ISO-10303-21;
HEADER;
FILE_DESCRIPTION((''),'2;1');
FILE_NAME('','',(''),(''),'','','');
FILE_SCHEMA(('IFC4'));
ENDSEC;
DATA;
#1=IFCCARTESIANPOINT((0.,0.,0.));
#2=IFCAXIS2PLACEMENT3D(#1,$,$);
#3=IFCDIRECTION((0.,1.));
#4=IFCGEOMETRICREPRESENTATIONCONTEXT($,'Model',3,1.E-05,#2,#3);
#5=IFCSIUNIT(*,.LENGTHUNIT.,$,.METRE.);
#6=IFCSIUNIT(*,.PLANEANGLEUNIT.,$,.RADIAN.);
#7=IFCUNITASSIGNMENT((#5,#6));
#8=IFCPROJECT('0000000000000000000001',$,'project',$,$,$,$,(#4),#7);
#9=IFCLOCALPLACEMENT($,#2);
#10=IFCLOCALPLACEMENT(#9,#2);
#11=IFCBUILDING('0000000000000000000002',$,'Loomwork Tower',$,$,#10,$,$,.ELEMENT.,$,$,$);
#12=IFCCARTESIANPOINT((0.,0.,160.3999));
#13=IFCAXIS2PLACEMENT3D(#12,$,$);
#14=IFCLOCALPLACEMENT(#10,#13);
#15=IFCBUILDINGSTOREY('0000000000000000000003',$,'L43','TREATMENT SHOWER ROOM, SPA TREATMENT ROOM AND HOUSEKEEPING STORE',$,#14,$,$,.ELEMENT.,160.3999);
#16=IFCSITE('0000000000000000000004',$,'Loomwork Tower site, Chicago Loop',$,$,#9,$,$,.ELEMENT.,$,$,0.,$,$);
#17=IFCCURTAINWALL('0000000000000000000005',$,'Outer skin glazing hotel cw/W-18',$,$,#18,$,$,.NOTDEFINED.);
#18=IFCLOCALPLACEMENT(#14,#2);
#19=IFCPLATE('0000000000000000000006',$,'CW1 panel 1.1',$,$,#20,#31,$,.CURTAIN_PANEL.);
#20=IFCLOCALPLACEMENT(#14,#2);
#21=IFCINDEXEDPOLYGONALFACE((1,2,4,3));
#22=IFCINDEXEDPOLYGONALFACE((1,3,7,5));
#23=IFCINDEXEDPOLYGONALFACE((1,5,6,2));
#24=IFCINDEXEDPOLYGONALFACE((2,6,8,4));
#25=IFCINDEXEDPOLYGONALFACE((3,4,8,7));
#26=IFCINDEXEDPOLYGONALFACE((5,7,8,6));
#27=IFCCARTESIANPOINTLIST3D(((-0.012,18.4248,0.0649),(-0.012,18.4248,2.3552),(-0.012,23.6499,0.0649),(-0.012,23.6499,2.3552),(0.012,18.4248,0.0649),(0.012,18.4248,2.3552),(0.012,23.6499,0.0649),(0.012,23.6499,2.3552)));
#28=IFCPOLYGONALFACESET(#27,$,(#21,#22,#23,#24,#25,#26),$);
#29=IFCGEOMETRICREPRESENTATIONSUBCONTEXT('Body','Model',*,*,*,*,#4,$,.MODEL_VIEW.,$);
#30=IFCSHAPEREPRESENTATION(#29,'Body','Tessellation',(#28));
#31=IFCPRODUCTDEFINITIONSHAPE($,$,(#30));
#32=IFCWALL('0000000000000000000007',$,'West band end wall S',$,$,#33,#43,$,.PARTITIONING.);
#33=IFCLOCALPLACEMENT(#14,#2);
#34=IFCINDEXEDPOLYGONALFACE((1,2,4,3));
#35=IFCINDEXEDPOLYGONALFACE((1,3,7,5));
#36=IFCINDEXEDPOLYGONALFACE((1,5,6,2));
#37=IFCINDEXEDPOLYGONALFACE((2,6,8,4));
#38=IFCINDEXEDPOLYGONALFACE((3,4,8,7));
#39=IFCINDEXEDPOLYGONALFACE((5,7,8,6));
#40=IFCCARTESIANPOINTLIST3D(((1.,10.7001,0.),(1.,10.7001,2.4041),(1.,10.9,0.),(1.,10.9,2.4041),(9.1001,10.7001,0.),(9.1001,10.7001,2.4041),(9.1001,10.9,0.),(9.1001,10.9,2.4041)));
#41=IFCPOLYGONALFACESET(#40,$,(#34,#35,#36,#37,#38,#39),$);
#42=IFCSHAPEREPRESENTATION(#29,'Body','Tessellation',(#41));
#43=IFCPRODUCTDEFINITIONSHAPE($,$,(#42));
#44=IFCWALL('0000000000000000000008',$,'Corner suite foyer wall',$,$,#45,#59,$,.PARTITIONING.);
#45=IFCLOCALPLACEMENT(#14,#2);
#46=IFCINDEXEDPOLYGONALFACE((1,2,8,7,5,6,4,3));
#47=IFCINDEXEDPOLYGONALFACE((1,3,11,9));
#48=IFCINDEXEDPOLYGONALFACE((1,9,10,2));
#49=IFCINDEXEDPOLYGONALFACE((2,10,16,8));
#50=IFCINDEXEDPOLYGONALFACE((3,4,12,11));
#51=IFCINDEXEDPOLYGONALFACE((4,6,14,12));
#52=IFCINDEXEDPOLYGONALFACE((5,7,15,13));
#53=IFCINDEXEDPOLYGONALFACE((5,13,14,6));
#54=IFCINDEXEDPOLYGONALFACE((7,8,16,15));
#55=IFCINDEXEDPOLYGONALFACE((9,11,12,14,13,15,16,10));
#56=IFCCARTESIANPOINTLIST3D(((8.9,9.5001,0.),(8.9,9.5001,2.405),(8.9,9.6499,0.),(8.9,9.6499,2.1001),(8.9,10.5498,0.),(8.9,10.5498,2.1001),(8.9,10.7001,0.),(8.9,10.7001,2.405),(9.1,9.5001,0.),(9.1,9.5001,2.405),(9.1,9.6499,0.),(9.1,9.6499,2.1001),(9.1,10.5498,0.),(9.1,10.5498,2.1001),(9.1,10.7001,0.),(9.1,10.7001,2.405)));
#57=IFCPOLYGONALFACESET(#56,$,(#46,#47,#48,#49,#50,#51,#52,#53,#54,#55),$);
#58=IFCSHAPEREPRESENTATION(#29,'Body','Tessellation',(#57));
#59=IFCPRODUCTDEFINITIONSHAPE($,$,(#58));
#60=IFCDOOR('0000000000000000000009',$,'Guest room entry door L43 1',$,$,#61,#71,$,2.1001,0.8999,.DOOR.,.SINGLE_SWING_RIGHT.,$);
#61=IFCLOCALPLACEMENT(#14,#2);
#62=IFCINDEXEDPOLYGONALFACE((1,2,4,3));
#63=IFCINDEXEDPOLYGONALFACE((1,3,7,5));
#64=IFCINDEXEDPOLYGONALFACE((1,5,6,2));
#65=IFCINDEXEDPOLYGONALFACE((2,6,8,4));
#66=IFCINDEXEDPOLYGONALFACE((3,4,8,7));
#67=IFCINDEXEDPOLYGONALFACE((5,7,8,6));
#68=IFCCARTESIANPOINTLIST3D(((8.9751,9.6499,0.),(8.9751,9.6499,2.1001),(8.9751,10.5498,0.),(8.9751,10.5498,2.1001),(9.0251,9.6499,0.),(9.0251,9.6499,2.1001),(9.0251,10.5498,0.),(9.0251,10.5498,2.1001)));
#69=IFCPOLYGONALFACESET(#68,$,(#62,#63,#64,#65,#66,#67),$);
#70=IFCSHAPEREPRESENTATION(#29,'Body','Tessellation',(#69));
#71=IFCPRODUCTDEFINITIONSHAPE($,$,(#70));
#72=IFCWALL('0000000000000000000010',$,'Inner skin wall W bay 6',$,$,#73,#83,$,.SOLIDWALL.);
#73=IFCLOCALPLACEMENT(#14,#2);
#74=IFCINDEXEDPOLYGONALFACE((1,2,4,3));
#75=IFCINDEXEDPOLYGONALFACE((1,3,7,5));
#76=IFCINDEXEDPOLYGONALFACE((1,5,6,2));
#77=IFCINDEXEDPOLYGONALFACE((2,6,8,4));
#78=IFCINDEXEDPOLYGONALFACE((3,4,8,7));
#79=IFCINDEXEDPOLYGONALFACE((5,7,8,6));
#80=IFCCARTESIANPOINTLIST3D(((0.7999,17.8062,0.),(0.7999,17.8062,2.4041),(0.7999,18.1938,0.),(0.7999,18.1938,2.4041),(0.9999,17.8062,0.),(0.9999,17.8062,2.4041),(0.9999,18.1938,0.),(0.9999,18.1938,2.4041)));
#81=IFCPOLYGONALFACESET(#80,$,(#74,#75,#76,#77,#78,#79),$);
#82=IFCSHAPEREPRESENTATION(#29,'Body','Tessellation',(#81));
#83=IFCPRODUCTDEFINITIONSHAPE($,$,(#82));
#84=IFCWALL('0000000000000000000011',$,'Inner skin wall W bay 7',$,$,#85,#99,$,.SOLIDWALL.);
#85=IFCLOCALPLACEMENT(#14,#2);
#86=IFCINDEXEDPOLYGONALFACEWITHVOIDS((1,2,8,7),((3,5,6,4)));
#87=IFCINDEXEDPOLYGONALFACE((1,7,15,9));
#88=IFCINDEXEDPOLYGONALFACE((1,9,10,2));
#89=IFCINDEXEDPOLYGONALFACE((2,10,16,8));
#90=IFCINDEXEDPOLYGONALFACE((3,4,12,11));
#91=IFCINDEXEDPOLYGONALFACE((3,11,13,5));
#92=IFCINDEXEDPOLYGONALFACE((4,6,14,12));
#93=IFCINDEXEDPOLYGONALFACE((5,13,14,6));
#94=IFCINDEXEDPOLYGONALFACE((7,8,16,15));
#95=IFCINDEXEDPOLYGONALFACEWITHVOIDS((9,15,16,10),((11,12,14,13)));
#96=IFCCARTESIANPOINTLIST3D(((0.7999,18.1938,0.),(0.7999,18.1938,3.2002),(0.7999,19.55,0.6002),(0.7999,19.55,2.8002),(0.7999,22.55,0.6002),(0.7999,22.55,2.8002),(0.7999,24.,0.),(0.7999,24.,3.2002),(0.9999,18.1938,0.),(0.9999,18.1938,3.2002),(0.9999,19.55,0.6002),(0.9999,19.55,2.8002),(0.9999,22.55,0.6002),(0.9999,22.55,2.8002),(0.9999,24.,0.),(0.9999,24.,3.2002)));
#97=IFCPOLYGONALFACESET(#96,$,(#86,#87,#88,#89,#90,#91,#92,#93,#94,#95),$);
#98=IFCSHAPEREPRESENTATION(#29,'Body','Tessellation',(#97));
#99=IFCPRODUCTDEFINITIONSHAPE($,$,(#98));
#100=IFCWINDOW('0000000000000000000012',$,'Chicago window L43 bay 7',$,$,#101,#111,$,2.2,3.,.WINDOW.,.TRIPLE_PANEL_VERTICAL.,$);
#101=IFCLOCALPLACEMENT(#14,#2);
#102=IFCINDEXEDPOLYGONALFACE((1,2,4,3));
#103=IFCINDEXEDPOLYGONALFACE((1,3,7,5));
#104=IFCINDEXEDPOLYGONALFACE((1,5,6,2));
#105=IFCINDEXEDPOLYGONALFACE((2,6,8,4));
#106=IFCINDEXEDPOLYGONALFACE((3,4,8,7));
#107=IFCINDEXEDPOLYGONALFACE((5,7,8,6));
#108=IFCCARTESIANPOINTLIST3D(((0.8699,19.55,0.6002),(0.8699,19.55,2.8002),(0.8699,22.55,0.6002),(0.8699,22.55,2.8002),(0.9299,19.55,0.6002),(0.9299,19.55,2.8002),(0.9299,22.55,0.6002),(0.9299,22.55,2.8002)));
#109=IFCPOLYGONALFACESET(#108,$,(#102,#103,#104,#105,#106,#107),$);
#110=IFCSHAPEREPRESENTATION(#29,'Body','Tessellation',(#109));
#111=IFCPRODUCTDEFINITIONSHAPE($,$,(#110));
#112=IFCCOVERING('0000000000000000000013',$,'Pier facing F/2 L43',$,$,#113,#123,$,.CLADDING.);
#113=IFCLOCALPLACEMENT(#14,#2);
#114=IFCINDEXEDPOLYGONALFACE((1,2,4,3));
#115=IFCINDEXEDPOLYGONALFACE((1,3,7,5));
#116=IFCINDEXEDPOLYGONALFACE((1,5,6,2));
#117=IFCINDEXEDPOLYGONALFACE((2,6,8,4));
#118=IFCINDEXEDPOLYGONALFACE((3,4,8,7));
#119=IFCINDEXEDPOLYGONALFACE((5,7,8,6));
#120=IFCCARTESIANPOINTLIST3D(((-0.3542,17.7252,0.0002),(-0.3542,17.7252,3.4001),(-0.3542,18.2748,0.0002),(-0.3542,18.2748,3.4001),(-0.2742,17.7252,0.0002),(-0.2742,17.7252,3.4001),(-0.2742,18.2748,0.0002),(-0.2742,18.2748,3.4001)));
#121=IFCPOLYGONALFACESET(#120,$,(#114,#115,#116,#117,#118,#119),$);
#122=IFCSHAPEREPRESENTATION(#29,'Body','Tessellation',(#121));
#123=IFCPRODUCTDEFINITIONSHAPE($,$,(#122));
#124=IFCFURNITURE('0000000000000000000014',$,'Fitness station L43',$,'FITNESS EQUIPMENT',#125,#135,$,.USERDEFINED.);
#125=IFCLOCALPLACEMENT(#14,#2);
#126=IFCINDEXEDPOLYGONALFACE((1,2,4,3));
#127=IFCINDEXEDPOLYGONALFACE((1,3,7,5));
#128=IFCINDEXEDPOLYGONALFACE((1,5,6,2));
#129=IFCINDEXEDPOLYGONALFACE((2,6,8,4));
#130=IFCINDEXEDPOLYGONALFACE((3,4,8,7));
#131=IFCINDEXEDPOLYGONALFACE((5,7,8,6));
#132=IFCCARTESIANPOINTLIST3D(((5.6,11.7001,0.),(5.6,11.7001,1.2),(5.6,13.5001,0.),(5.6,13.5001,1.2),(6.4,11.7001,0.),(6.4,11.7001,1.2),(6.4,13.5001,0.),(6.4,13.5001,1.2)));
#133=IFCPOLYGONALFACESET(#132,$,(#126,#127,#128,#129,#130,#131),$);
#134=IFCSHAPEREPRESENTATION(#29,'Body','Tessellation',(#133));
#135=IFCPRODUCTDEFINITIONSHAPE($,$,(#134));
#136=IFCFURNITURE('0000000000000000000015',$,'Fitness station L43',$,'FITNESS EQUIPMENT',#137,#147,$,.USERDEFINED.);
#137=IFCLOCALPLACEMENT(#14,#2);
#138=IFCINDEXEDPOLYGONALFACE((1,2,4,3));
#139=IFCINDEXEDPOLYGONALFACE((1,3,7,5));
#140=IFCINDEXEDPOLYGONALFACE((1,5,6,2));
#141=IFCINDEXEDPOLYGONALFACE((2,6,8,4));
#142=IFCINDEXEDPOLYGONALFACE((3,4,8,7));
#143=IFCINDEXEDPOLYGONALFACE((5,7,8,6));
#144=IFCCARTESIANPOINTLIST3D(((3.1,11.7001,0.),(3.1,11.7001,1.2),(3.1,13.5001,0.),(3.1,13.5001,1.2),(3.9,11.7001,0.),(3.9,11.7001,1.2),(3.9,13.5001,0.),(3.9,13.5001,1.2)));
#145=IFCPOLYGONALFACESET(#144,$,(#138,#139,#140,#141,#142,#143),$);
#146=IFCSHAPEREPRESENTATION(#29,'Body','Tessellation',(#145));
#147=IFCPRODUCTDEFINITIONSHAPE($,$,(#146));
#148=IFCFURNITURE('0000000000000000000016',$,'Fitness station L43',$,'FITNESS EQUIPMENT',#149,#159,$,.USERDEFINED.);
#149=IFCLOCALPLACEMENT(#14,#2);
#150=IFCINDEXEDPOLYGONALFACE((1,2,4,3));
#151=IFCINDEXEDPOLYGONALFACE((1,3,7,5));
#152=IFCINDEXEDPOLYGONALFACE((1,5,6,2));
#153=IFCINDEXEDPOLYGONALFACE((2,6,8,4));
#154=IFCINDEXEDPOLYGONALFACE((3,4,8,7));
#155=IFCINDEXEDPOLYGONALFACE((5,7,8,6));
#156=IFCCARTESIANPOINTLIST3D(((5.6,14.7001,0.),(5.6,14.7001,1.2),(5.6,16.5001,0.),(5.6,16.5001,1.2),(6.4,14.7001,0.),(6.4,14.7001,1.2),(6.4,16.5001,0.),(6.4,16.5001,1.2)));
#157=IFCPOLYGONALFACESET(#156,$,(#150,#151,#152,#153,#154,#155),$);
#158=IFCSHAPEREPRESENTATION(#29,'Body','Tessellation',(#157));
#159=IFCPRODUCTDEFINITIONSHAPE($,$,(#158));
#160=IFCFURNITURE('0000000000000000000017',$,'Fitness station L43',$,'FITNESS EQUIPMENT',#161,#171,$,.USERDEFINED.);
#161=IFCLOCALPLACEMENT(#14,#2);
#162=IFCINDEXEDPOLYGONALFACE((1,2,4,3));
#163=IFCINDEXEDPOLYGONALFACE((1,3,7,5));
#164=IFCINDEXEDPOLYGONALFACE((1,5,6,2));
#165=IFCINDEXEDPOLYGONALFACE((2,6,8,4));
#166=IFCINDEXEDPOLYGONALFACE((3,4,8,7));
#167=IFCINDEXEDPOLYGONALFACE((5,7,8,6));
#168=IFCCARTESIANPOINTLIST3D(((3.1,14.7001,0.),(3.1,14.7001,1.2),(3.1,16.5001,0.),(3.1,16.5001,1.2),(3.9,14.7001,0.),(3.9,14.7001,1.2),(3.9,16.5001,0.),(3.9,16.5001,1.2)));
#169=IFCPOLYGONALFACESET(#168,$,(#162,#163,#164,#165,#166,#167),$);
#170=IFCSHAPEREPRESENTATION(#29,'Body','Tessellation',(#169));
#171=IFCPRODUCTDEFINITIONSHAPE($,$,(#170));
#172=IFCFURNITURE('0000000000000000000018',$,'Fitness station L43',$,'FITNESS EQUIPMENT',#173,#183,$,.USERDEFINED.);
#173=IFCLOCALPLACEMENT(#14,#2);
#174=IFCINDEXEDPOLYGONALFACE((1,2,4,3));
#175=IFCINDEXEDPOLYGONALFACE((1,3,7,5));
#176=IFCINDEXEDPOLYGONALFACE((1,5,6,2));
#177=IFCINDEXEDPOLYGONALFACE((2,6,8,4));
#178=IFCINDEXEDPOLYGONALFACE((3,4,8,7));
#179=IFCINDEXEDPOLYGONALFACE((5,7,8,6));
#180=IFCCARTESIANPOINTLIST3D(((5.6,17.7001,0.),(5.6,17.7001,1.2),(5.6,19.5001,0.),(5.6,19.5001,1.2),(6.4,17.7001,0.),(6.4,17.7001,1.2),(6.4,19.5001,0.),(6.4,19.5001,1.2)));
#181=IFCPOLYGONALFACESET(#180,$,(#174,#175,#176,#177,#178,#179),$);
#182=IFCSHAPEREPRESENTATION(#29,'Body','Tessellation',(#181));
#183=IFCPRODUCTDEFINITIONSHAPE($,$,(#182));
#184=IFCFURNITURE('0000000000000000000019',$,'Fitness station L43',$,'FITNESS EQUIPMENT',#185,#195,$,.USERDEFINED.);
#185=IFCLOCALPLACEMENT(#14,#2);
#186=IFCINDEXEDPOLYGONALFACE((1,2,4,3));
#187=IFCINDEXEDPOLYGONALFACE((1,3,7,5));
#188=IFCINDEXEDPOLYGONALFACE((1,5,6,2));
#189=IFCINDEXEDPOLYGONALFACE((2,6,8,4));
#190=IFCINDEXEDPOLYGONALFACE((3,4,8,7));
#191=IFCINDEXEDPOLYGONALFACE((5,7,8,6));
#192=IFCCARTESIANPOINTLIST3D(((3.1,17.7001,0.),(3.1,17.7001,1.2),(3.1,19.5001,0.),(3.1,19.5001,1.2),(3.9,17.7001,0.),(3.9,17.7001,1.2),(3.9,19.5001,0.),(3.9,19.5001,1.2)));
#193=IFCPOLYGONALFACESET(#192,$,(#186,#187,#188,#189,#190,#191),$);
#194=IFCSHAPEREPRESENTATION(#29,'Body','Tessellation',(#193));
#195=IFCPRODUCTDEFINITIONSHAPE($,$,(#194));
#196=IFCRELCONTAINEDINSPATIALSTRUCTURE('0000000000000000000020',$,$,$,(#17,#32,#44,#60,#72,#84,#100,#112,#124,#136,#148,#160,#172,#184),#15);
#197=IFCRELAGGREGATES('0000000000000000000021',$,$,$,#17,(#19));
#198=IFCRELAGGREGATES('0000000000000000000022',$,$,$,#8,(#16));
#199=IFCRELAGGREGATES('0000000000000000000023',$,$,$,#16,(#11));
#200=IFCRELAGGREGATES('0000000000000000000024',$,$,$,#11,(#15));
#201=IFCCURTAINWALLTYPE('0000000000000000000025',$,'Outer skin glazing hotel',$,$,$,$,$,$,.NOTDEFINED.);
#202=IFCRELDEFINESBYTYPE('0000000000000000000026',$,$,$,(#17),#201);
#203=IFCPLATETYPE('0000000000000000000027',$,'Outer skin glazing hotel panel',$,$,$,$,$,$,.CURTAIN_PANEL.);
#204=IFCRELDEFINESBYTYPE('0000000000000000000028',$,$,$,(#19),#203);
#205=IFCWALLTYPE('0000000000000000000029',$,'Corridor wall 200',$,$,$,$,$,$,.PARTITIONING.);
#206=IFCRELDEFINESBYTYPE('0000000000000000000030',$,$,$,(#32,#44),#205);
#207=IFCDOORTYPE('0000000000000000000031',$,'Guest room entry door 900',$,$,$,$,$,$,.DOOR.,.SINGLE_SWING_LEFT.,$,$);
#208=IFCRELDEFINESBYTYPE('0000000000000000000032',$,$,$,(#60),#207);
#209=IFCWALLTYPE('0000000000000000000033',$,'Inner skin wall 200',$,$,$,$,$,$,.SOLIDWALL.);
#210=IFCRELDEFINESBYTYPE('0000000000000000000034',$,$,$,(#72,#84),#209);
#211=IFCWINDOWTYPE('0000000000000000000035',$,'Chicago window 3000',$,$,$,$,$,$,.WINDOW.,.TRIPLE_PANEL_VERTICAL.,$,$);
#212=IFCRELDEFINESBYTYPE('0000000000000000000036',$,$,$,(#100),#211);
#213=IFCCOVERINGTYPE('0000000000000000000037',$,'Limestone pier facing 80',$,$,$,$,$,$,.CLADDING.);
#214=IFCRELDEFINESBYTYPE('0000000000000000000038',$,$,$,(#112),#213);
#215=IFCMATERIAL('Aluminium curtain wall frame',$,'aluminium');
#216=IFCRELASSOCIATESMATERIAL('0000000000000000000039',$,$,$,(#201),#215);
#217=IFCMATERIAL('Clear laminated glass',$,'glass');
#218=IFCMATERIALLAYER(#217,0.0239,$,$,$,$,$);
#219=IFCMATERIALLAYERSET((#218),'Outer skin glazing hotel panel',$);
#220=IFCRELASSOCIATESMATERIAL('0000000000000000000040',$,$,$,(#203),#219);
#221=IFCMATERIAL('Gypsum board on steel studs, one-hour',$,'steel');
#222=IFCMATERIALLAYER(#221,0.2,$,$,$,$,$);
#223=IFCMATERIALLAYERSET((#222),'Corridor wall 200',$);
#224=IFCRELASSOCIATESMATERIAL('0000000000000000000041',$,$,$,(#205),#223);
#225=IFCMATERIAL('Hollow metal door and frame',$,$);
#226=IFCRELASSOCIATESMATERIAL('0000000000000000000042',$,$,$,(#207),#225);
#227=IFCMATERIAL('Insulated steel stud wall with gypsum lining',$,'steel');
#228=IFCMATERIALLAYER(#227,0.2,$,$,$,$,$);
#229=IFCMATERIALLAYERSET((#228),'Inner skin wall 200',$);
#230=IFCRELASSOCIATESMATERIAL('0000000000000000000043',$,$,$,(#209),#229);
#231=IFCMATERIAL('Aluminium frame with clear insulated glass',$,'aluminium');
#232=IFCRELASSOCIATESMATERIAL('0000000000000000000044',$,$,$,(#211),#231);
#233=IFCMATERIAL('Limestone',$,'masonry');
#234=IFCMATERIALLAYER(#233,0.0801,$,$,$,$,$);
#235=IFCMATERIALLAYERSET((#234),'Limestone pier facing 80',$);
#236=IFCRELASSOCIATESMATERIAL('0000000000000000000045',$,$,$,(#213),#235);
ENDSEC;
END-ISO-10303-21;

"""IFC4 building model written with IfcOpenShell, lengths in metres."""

from ifc_helpers import new_model, si_unit, direction, frame, frame_2d, origin, origin_2d, place, context, subcontext, project, spatial, rectangle, extrude, material, layer, layer_set, type_object, element, fill, aggregate, save


model = new_model("IFC4")

# Units and contexts
model_context = context("Model", 3, precision=1e-05, world=origin(), true_north=direction((0.0, 1.0)))
body_context = subcontext(model_context, "Body", "Model", "MODEL_VIEW")
ifc_project = project(units=[si_unit("LENGTHUNIT", "METRE"), si_unit("PLANEANGLEUNIT", "RADIAN")], contexts=[model_context])

# Site, building, storey
site_placement = place(None, origin())
site = spatial("IfcSite", under=ifc_project, at=site_placement, Name="Loomwork Tower site, Chicago Loop", CompositionType="ELEMENT", RefElevation=0.0)
building_placement = place(site_placement, origin())
building = spatial("IfcBuilding", under=site, at=building_placement, Name="Loomwork Tower", CompositionType="ELEMENT")
storey_placement = place(building_placement, frame((0.0, 0.0, 160.3999)))
storey = spatial("IfcBuildingStorey", under=building, at=storey_placement, Name="L43", Description="TREATMENT SHOWER ROOM, SPA TREATMENT ROOM AND HOUSEKEEPING STORE", CompositionType="ELEMENT", Elevation=160.3999)

# Shared definitions
ifc_material_1 = material(Name="Aluminium curtain wall frame", Category="aluminium")
curtain_wall_type = type_object("IfcCurtainWallType", Name="Outer skin glazing hotel", PredefinedType="NOTDEFINED", material=ifc_material_1)

# Curtain wall
curtain_wall_1_placement = place(storey_placement, origin())
curtain_wall_1 = element("IfcCurtainWall", 1, at=curtain_wall_1_placement, inside=storey, type_object=curtain_wall_type, Name="Outer skin glazing hotel cw/W-18", PredefinedType="NOTDEFINED")

# Plate
ifc_material_2 = material(Name="Clear laminated glass", Category="glass")
ifc_layer_1 = layer(ifc_material_2, 0.0239)
ifc_layer_set_1 = layer_set([ifc_layer_1], Name="Outer skin glazing hotel panel")
plate_type = type_object("IfcPlateType", Name="Outer skin glazing hotel panel", PredefinedType="CURTAIN_PANEL", material=ifc_layer_set_1)
plate_1_placement = place(storey_placement, frame((0.0, 21.0374, 0.0649), z_axis=(0.0, 0.0, 1.0), x_axis=(0.0, -1.0, 0.0)))
plate_1 = element("IfcPlate", 2, at=plate_1_placement, type_object=plate_type, Name="CW1 panel 1.1", PredefinedType="CURTAIN_PANEL", context=body_context, shape_type="SweptSolid", body=[
    extrude(rectangle(XDim=5.2251, YDim=0.0239, at=origin_2d()), origin(), (0.0, 0.0, 1.0), 2.2903),
])
aggregate(curtain_wall_1, [plate_1])

# Shared definitions
ifc_material_3 = material(Name="Gypsum board on steel studs, one-hour", Category="steel")
ifc_layer_2 = layer(ifc_material_3, 0.2)
ifc_layer_set_2 = layer_set([ifc_layer_2], Name="Corridor wall 200")
wall_type_1 = type_object("IfcWallType", Name="Corridor wall 200", PredefinedType="PARTITIONING", material=ifc_layer_set_2)

# Wall
wall_1_placement = place(storey_placement, frame((1.0, 10.8, 0.0), z_axis=(0.0, 0.0, 1.0), x_axis=(1.0, 0.0, 0.0)))
element("IfcWall", 3, at=wall_1_placement, inside=storey, type_object=wall_type_1, Name="West band end wall S", PredefinedType="PARTITIONING", context=body_context, shape_type="SweptSolid", body=[
    extrude(rectangle(XDim=8.1001, YDim=0.2, at=frame_2d((4.05, 0.0))), origin(), (0.0, 0.0, 1.0), 2.4041),
])

# Wall, opening, door
wall_2_placement = place(storey_placement, frame((9.0, 9.5, 0.0), z_axis=(0.0, 0.0, 1.0), x_axis=(0.0, 1.0, 0.0)))
wall_2 = element("IfcWall", 4, at=wall_2_placement, inside=storey, type_object=wall_type_1, Name="Corner suite foyer wall", PredefinedType="PARTITIONING", context=body_context, shape_type="SweptSolid", body=[
    extrude(rectangle(XDim=1.2, YDim=0.2, at=frame_2d((0.6001, 0.0))), origin(), (0.0, 0.0, 1.0), 2.405),
])
opening_1_placement = place(wall_2_placement, frame((0.1499, 0.0, 0.0)))
opening_1 = element("IfcOpeningElement", 5, at=opening_1_placement, cuts=wall_2, PredefinedType="OPENING", context=body_context, shape_type="SweptSolid", body=[
    extrude(rectangle(XDim=0.8999, YDim=2.1001, at=frame_2d((0.45, 1.05))), frame((0.0, 0.1099, 0.0), z_axis=(0.0, -1.0, 0.0), x_axis=(1.0, 0.0, 0.0)), (0.0, 0.0, 1.0), 0.22),
])
ifc_material_4 = material(Name="Hollow metal door and frame")
door_type_1 = type_object("IfcDoorType", Name="Guest room entry door 900", OperationType="SINGLE_SWING_LEFT", PredefinedType="DOOR", material=ifc_material_4)
door_1_placement = place(opening_1_placement, origin())
door_1 = element("IfcDoor", 6, at=door_1_placement, inside=storey, type_object=door_type_1, Name="Guest room entry door L43 1", OperationType="SINGLE_SWING_RIGHT", OverallHeight=2.1001, OverallWidth=0.8999, PredefinedType="DOOR", context=body_context, shape_type="SweptSolid", body=[
    extrude(rectangle(XDim=0.8999, YDim=2.1001, at=frame_2d((0.45, 1.05))), frame((0.0, 0.0249, 0.0), z_axis=(0.0, -1.0, 0.0), x_axis=(1.0, 0.0, 0.0)), (0.0, 0.0, 1.0), 0.05),
])
fill(opening_1, door_1)

# Wall
ifc_material_5 = material(Name="Insulated steel stud wall with gypsum lining", Category="steel")
ifc_layer_3 = layer(ifc_material_5, 0.2)
ifc_layer_set_3 = layer_set([ifc_layer_3], Name="Inner skin wall 200")
wall_type_2 = type_object("IfcWallType", Name="Inner skin wall 200", PredefinedType="SOLIDWALL", material=ifc_layer_set_3)
wall_3_placement = place(storey_placement, frame((0.8999, 17.8062, 0.0), z_axis=(0.0, 0.0, 1.0), x_axis=(0.0, 1.0, 0.0)))
element("IfcWall", 7, at=wall_3_placement, inside=storey, type_object=wall_type_2, Name="Inner skin wall W bay 6", PredefinedType="SOLIDWALL", context=body_context, shape_type="SweptSolid", body=[
    extrude(rectangle(XDim=0.3877, YDim=0.2, at=frame_2d((0.1938, 0.0))), origin(), (0.0, 0.0, 1.0), 2.4041),
])

# Wall, opening, window
wall_4_placement = place(storey_placement, frame((0.8999, 18.1938, 0.0), z_axis=(0.0, 0.0, 1.0), x_axis=(0.0, 1.0, 0.0)))
wall_4 = element("IfcWall", 8, at=wall_4_placement, inside=storey, type_object=wall_type_2, Name="Inner skin wall W bay 7", PredefinedType="SOLIDWALL", context=body_context, shape_type="SweptSolid", body=[
    extrude(rectangle(XDim=5.8062, YDim=0.2, at=frame_2d((2.9031, 0.0))), origin(), (0.0, 0.0, 1.0), 3.2002),
])
opening_2_placement = place(wall_4_placement, frame((1.3562, 0.0, 0.6001)))
opening_2 = element("IfcOpeningElement", 9, at=opening_2_placement, cuts=wall_4, PredefinedType="OPENING", context=body_context, shape_type="SweptSolid", body=[
    extrude(rectangle(XDim=3.0, YDim=2.2, at=frame_2d((1.5, 1.1001))), frame((0.0, 0.1099, 0.0), z_axis=(0.0, -1.0, 0.0), x_axis=(1.0, 0.0, 0.0)), (0.0, 0.0, 1.0), 0.22),
])
ifc_material_6 = material(Name="Aluminium frame with clear insulated glass", Category="aluminium")
window_type = type_object("IfcWindowType", Name="Chicago window 3000", PartitioningType="TRIPLE_PANEL_VERTICAL", PredefinedType="WINDOW", material=ifc_material_6)
window_placement = place(opening_2_placement, origin())
window = element("IfcWindow", 10, at=window_placement, inside=storey, type_object=window_type, Name="Chicago window L43 bay 7", OverallHeight=2.2, OverallWidth=3.0, PartitioningType="TRIPLE_PANEL_VERTICAL", PredefinedType="WINDOW", context=body_context, shape_type="SweptSolid", body=[
    extrude(rectangle(XDim=3.0, YDim=2.2, at=frame_2d((1.5, 1.1001))), frame((0.0, 0.03, 0.0), z_axis=(0.0, -1.0, 0.0), x_axis=(1.0, 0.0, 0.0)), (0.0, 0.0, 1.0), 0.0601),
])
fill(opening_2, window)

# Covering
ifc_material_7 = material(Name="Limestone", Category="masonry")
ifc_layer_4 = layer(ifc_material_7, 0.0801)
ifc_layer_set_4 = layer_set([ifc_layer_4], Name="Limestone pier facing 80")
covering_type = type_object("IfcCoveringType", Name="Limestone pier facing 80", PredefinedType="CLADDING", material=ifc_layer_set_4)
covering_placement = place(storey_placement, frame((-0.3142, 18.0, 0.0002), z_axis=(0.0, 0.0, 1.0), x_axis=(1.0, 0.0, 0.0)))
element("IfcCovering", 11, at=covering_placement, inside=storey, type_object=covering_type, Name="Pier facing F/2 L43", PredefinedType="CLADDING", context=body_context, shape_type="SweptSolid", body=[
    extrude(rectangle(XDim=0.0801, YDim=0.5496, at=origin_2d()), origin(), (0.0, 0.0, 1.0), 3.3999),
])

# Furniture
for number, where, z_axis, x_axis, name in (
    (12, (6.0, 12.6001, 0.0), (0.0, 0.0, 1.0), (1.0, 0.0, 0.0), "Fitness station L43"),
    (13, (3.5, 12.6001, 0.0), (0.0, 0.0, 1.0), (1.0, 0.0, 0.0), "Fitness station L43"),
    (14, (6.0, 15.6001, 0.0), (0.0, 0.0, 1.0), (1.0, 0.0, 0.0), "Fitness station L43"),
    (15, (3.5, 15.6001, 0.0), (0.0, 0.0, 1.0), (1.0, 0.0, 0.0), "Fitness station L43"),
    (16, (6.0, 18.6001, 0.0), (0.0, 0.0, 1.0), (1.0, 0.0, 0.0), "Fitness station L43"),
    (17, (3.5, 18.6001, 0.0), (0.0, 0.0, 1.0), (1.0, 0.0, 0.0), "Fitness station L43"),
):
    element("IfcFurniture", number, at=place(storey_placement, frame(where, z_axis=z_axis, x_axis=x_axis)), inside=storey, Name=name, ObjectType="FITNESS EQUIPMENT", PredefinedType="USERDEFINED", context=body_context, shape_type="SweptSolid", body=[
        extrude(rectangle(XDim=0.8, YDim=1.8, at=origin_2d()), origin(), (0.0, 0.0, 1.0), 1.2),
    ])

save(model, "model.ifc")
